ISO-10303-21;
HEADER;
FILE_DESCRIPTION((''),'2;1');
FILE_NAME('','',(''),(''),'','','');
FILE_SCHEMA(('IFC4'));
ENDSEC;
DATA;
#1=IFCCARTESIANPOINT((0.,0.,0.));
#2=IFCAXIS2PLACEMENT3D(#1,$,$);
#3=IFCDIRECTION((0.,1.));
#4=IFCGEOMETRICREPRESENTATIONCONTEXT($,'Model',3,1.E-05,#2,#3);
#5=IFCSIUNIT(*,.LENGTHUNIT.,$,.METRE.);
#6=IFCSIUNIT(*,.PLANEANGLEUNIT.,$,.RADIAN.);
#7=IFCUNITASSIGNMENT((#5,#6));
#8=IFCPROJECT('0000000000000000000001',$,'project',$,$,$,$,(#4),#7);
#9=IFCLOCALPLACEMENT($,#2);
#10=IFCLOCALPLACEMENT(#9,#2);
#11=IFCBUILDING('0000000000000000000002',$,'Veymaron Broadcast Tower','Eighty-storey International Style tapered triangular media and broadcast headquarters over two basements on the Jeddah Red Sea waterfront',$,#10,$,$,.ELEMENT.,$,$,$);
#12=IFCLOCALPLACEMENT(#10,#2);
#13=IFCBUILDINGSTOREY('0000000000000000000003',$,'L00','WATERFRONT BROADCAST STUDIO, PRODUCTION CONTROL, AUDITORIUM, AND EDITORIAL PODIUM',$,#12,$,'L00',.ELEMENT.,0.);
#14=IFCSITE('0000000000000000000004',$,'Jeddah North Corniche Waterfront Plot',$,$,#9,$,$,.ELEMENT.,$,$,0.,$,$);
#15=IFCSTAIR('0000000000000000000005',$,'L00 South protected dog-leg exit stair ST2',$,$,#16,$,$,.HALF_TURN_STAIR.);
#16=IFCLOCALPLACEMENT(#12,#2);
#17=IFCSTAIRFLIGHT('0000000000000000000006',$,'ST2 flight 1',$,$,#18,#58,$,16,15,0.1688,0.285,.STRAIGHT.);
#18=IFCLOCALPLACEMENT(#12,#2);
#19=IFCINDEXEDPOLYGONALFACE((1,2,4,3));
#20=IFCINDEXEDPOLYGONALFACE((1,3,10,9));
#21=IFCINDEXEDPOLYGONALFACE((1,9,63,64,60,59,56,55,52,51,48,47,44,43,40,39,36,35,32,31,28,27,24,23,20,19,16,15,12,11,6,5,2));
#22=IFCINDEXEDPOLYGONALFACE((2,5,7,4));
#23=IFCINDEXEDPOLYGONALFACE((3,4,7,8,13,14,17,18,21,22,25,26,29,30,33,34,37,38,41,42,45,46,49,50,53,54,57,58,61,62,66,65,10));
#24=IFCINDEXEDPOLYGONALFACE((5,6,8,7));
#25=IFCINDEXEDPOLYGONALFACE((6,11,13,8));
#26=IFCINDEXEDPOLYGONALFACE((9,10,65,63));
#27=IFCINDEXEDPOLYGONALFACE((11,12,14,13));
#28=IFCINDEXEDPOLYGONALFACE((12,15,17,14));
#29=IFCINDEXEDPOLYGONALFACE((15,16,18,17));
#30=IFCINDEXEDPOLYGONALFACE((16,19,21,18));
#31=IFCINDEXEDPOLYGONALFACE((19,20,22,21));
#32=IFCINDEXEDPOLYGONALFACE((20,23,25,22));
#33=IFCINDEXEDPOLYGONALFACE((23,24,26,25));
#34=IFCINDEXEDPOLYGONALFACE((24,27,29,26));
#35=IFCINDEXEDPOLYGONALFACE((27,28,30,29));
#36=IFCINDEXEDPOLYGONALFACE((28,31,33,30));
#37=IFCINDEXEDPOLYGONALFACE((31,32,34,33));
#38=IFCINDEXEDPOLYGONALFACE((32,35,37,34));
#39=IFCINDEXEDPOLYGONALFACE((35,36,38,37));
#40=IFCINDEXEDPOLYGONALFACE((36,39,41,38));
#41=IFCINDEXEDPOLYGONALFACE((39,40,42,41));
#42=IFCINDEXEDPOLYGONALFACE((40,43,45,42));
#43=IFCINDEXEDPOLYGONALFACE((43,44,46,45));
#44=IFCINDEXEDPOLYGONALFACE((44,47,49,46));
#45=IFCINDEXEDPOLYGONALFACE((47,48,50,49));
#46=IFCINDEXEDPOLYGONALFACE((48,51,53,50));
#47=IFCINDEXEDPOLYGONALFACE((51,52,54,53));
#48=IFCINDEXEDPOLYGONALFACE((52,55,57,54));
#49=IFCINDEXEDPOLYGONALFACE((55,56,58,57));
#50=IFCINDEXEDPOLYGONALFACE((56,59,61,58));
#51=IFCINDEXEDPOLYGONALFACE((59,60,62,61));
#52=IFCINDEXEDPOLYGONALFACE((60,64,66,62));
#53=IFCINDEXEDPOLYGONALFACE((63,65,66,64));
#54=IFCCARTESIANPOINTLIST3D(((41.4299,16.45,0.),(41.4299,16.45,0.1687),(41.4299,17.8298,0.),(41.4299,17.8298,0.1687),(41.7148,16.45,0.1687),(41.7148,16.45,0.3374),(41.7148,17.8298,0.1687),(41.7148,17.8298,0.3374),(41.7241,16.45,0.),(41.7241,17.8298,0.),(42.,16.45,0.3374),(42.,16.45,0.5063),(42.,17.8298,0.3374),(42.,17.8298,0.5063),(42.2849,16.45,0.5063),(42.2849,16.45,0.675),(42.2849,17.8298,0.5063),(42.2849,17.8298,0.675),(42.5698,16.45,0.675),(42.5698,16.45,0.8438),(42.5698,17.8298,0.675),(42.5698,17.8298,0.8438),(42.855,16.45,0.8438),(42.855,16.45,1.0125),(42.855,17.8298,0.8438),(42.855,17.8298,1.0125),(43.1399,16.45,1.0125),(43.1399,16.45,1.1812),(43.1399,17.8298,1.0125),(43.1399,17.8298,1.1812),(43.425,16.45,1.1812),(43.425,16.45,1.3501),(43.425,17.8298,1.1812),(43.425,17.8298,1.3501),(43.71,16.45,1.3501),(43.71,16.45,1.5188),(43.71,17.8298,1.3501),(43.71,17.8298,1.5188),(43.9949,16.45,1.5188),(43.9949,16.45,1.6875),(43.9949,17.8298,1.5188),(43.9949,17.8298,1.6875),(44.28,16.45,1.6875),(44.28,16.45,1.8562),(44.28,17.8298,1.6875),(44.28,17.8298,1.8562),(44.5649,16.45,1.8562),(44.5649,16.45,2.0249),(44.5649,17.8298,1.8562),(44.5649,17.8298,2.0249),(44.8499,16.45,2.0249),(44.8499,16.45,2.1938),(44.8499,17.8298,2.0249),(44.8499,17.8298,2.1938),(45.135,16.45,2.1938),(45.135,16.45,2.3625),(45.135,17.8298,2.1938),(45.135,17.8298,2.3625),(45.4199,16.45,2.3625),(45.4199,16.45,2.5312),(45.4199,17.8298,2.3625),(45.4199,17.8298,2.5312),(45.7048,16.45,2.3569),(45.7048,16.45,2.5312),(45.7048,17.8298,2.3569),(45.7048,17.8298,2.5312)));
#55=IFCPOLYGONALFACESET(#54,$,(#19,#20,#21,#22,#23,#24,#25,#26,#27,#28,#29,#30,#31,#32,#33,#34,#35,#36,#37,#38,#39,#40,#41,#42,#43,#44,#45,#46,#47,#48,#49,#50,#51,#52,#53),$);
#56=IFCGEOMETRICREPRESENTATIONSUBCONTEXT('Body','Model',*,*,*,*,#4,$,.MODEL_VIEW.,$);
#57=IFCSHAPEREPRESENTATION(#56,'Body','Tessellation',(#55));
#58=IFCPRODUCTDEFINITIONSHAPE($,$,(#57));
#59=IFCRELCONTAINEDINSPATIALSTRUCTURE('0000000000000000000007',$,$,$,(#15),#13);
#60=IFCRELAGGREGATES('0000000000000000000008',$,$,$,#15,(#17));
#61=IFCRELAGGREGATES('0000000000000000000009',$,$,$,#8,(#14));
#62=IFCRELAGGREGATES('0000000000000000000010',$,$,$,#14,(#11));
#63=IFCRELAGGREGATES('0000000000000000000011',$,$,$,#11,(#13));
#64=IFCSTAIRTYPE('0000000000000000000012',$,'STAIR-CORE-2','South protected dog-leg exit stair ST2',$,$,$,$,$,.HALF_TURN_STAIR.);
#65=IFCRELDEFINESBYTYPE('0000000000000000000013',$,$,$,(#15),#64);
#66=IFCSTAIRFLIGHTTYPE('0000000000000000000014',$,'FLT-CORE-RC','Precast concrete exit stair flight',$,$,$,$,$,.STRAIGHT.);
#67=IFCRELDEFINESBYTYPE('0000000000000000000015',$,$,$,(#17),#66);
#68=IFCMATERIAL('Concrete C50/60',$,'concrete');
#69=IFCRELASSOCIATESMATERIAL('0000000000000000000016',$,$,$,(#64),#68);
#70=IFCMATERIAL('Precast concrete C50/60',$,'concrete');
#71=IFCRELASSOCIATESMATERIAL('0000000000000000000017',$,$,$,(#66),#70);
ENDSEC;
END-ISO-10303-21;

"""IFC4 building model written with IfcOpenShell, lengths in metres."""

from ifc_helpers import new_model, si_unit, direction, frame, origin, place, context, subcontext, project, spatial, polyline, outline, extrude, material, type_object, element, aggregate, save


model = new_model("IFC4")

# Units and contexts
model_context = context("Model", 3, precision=1e-05, world=origin(), true_north=direction((0.0, 1.0)))
body_context = subcontext(model_context, "Body", "Model", "MODEL_VIEW")
ifc_project = project(units=[si_unit("LENGTHUNIT", "METRE"), si_unit("PLANEANGLEUNIT", "RADIAN")], contexts=[model_context])

# Site, building, storey
site_placement = place(None, origin())
site = spatial("IfcSite", under=ifc_project, at=site_placement, Name="Jeddah North Corniche Waterfront Plot", CompositionType="ELEMENT", RefElevation=0.0)
building_placement = place(site_placement, origin())
building = spatial("IfcBuilding", under=site, at=building_placement, Name="Veymaron Broadcast Tower", Description="Eighty-storey International Style tapered triangular media and broadcast headquarters over two basements on the Jeddah Red Sea waterfront", CompositionType="ELEMENT")
storey_placement = place(building_placement, origin())
storey = spatial("IfcBuildingStorey", under=building, at=storey_placement, Name="L00", Description="WATERFRONT BROADCAST STUDIO, PRODUCTION CONTROL, AUDITORIUM, AND EDITORIAL PODIUM", LongName="L00", CompositionType="ELEMENT", Elevation=0.0)

# Stair, stair flight
ifc_material_1 = material(Name="Concrete C50/60", Category="concrete")
stair_type = type_object("IfcStairType", Name="STAIR-CORE-2", Description="South protected dog-leg exit stair ST2", PredefinedType="HALF_TURN_STAIR", material=ifc_material_1)
stair_placement = place(storey_placement, origin())
stair = element("IfcStair", 1, at=stair_placement, inside=storey, type_object=stair_type, Name="L00 South protected dog-leg exit stair ST2", PredefinedType="HALF_TURN_STAIR")
ifc_material_2 = material(Name="Precast concrete C50/60", Category="concrete")
stair_flight_type = type_object("IfcStairFlightType", Name="FLT-CORE-RC", Description="Precast concrete exit stair flight", PredefinedType="STRAIGHT", material=ifc_material_2)
stair_flight_placement = place(storey_placement, frame((41.4299, 17.1399, 0.0), z_axis=(0.0, 0.0, 1.0), x_axis=(1.0, 0.0, 0.0)))
stair_flight = element("IfcStairFlight", 2, at=stair_flight_placement, type_object=stair_flight_type, Name="ST2 flight 1", NumberOfRisers=16, NumberOfTreads=15, PredefinedType="STRAIGHT", RiserHeight=0.1688, TreadLength=0.285, context=body_context, shape_type="SweptSolid", body=[
    extrude(outline(polyline([(0.0, 0.0), (0.0, 0.1687), (0.2849, 0.1687), (0.2849, 0.3374), (0.5701, 0.3374), (0.5701, 0.5063), (0.855, 0.5063), (0.855, 0.675), (1.1399, 0.675), (1.1399, 0.8438), (1.425, 0.8438), (1.425, 1.0125), (1.71, 1.0125), (1.71, 1.1812), (1.9951, 1.1812), (1.9951, 1.3501), (2.28, 1.3501), (2.28, 1.5188), (2.5649, 1.5188), (2.5649, 1.6875), (2.8501, 1.6875), (2.8501, 1.8562), (3.135, 1.8562), (3.135, 2.0249), (3.4199, 2.0249), (3.4199, 2.1938), (3.7051, 2.1938), (3.7051, 2.3625), (3.99, 2.3625), (3.99, 2.5312), (4.2749, 2.5312), (4.2749, 2.7), (4.2749, 2.3569), (0.2942, 0.0), (0.0, 0.0)])), frame((0.0, 0.6899, 0.0), z_axis=(0.0, -1.0, 0.0), x_axis=(1.0, 0.0, 0.0)), (0.0, 0.0, 1.0), 1.3799),
])
aggregate(stair, [stair_flight])

save(model, "model.ifc")
